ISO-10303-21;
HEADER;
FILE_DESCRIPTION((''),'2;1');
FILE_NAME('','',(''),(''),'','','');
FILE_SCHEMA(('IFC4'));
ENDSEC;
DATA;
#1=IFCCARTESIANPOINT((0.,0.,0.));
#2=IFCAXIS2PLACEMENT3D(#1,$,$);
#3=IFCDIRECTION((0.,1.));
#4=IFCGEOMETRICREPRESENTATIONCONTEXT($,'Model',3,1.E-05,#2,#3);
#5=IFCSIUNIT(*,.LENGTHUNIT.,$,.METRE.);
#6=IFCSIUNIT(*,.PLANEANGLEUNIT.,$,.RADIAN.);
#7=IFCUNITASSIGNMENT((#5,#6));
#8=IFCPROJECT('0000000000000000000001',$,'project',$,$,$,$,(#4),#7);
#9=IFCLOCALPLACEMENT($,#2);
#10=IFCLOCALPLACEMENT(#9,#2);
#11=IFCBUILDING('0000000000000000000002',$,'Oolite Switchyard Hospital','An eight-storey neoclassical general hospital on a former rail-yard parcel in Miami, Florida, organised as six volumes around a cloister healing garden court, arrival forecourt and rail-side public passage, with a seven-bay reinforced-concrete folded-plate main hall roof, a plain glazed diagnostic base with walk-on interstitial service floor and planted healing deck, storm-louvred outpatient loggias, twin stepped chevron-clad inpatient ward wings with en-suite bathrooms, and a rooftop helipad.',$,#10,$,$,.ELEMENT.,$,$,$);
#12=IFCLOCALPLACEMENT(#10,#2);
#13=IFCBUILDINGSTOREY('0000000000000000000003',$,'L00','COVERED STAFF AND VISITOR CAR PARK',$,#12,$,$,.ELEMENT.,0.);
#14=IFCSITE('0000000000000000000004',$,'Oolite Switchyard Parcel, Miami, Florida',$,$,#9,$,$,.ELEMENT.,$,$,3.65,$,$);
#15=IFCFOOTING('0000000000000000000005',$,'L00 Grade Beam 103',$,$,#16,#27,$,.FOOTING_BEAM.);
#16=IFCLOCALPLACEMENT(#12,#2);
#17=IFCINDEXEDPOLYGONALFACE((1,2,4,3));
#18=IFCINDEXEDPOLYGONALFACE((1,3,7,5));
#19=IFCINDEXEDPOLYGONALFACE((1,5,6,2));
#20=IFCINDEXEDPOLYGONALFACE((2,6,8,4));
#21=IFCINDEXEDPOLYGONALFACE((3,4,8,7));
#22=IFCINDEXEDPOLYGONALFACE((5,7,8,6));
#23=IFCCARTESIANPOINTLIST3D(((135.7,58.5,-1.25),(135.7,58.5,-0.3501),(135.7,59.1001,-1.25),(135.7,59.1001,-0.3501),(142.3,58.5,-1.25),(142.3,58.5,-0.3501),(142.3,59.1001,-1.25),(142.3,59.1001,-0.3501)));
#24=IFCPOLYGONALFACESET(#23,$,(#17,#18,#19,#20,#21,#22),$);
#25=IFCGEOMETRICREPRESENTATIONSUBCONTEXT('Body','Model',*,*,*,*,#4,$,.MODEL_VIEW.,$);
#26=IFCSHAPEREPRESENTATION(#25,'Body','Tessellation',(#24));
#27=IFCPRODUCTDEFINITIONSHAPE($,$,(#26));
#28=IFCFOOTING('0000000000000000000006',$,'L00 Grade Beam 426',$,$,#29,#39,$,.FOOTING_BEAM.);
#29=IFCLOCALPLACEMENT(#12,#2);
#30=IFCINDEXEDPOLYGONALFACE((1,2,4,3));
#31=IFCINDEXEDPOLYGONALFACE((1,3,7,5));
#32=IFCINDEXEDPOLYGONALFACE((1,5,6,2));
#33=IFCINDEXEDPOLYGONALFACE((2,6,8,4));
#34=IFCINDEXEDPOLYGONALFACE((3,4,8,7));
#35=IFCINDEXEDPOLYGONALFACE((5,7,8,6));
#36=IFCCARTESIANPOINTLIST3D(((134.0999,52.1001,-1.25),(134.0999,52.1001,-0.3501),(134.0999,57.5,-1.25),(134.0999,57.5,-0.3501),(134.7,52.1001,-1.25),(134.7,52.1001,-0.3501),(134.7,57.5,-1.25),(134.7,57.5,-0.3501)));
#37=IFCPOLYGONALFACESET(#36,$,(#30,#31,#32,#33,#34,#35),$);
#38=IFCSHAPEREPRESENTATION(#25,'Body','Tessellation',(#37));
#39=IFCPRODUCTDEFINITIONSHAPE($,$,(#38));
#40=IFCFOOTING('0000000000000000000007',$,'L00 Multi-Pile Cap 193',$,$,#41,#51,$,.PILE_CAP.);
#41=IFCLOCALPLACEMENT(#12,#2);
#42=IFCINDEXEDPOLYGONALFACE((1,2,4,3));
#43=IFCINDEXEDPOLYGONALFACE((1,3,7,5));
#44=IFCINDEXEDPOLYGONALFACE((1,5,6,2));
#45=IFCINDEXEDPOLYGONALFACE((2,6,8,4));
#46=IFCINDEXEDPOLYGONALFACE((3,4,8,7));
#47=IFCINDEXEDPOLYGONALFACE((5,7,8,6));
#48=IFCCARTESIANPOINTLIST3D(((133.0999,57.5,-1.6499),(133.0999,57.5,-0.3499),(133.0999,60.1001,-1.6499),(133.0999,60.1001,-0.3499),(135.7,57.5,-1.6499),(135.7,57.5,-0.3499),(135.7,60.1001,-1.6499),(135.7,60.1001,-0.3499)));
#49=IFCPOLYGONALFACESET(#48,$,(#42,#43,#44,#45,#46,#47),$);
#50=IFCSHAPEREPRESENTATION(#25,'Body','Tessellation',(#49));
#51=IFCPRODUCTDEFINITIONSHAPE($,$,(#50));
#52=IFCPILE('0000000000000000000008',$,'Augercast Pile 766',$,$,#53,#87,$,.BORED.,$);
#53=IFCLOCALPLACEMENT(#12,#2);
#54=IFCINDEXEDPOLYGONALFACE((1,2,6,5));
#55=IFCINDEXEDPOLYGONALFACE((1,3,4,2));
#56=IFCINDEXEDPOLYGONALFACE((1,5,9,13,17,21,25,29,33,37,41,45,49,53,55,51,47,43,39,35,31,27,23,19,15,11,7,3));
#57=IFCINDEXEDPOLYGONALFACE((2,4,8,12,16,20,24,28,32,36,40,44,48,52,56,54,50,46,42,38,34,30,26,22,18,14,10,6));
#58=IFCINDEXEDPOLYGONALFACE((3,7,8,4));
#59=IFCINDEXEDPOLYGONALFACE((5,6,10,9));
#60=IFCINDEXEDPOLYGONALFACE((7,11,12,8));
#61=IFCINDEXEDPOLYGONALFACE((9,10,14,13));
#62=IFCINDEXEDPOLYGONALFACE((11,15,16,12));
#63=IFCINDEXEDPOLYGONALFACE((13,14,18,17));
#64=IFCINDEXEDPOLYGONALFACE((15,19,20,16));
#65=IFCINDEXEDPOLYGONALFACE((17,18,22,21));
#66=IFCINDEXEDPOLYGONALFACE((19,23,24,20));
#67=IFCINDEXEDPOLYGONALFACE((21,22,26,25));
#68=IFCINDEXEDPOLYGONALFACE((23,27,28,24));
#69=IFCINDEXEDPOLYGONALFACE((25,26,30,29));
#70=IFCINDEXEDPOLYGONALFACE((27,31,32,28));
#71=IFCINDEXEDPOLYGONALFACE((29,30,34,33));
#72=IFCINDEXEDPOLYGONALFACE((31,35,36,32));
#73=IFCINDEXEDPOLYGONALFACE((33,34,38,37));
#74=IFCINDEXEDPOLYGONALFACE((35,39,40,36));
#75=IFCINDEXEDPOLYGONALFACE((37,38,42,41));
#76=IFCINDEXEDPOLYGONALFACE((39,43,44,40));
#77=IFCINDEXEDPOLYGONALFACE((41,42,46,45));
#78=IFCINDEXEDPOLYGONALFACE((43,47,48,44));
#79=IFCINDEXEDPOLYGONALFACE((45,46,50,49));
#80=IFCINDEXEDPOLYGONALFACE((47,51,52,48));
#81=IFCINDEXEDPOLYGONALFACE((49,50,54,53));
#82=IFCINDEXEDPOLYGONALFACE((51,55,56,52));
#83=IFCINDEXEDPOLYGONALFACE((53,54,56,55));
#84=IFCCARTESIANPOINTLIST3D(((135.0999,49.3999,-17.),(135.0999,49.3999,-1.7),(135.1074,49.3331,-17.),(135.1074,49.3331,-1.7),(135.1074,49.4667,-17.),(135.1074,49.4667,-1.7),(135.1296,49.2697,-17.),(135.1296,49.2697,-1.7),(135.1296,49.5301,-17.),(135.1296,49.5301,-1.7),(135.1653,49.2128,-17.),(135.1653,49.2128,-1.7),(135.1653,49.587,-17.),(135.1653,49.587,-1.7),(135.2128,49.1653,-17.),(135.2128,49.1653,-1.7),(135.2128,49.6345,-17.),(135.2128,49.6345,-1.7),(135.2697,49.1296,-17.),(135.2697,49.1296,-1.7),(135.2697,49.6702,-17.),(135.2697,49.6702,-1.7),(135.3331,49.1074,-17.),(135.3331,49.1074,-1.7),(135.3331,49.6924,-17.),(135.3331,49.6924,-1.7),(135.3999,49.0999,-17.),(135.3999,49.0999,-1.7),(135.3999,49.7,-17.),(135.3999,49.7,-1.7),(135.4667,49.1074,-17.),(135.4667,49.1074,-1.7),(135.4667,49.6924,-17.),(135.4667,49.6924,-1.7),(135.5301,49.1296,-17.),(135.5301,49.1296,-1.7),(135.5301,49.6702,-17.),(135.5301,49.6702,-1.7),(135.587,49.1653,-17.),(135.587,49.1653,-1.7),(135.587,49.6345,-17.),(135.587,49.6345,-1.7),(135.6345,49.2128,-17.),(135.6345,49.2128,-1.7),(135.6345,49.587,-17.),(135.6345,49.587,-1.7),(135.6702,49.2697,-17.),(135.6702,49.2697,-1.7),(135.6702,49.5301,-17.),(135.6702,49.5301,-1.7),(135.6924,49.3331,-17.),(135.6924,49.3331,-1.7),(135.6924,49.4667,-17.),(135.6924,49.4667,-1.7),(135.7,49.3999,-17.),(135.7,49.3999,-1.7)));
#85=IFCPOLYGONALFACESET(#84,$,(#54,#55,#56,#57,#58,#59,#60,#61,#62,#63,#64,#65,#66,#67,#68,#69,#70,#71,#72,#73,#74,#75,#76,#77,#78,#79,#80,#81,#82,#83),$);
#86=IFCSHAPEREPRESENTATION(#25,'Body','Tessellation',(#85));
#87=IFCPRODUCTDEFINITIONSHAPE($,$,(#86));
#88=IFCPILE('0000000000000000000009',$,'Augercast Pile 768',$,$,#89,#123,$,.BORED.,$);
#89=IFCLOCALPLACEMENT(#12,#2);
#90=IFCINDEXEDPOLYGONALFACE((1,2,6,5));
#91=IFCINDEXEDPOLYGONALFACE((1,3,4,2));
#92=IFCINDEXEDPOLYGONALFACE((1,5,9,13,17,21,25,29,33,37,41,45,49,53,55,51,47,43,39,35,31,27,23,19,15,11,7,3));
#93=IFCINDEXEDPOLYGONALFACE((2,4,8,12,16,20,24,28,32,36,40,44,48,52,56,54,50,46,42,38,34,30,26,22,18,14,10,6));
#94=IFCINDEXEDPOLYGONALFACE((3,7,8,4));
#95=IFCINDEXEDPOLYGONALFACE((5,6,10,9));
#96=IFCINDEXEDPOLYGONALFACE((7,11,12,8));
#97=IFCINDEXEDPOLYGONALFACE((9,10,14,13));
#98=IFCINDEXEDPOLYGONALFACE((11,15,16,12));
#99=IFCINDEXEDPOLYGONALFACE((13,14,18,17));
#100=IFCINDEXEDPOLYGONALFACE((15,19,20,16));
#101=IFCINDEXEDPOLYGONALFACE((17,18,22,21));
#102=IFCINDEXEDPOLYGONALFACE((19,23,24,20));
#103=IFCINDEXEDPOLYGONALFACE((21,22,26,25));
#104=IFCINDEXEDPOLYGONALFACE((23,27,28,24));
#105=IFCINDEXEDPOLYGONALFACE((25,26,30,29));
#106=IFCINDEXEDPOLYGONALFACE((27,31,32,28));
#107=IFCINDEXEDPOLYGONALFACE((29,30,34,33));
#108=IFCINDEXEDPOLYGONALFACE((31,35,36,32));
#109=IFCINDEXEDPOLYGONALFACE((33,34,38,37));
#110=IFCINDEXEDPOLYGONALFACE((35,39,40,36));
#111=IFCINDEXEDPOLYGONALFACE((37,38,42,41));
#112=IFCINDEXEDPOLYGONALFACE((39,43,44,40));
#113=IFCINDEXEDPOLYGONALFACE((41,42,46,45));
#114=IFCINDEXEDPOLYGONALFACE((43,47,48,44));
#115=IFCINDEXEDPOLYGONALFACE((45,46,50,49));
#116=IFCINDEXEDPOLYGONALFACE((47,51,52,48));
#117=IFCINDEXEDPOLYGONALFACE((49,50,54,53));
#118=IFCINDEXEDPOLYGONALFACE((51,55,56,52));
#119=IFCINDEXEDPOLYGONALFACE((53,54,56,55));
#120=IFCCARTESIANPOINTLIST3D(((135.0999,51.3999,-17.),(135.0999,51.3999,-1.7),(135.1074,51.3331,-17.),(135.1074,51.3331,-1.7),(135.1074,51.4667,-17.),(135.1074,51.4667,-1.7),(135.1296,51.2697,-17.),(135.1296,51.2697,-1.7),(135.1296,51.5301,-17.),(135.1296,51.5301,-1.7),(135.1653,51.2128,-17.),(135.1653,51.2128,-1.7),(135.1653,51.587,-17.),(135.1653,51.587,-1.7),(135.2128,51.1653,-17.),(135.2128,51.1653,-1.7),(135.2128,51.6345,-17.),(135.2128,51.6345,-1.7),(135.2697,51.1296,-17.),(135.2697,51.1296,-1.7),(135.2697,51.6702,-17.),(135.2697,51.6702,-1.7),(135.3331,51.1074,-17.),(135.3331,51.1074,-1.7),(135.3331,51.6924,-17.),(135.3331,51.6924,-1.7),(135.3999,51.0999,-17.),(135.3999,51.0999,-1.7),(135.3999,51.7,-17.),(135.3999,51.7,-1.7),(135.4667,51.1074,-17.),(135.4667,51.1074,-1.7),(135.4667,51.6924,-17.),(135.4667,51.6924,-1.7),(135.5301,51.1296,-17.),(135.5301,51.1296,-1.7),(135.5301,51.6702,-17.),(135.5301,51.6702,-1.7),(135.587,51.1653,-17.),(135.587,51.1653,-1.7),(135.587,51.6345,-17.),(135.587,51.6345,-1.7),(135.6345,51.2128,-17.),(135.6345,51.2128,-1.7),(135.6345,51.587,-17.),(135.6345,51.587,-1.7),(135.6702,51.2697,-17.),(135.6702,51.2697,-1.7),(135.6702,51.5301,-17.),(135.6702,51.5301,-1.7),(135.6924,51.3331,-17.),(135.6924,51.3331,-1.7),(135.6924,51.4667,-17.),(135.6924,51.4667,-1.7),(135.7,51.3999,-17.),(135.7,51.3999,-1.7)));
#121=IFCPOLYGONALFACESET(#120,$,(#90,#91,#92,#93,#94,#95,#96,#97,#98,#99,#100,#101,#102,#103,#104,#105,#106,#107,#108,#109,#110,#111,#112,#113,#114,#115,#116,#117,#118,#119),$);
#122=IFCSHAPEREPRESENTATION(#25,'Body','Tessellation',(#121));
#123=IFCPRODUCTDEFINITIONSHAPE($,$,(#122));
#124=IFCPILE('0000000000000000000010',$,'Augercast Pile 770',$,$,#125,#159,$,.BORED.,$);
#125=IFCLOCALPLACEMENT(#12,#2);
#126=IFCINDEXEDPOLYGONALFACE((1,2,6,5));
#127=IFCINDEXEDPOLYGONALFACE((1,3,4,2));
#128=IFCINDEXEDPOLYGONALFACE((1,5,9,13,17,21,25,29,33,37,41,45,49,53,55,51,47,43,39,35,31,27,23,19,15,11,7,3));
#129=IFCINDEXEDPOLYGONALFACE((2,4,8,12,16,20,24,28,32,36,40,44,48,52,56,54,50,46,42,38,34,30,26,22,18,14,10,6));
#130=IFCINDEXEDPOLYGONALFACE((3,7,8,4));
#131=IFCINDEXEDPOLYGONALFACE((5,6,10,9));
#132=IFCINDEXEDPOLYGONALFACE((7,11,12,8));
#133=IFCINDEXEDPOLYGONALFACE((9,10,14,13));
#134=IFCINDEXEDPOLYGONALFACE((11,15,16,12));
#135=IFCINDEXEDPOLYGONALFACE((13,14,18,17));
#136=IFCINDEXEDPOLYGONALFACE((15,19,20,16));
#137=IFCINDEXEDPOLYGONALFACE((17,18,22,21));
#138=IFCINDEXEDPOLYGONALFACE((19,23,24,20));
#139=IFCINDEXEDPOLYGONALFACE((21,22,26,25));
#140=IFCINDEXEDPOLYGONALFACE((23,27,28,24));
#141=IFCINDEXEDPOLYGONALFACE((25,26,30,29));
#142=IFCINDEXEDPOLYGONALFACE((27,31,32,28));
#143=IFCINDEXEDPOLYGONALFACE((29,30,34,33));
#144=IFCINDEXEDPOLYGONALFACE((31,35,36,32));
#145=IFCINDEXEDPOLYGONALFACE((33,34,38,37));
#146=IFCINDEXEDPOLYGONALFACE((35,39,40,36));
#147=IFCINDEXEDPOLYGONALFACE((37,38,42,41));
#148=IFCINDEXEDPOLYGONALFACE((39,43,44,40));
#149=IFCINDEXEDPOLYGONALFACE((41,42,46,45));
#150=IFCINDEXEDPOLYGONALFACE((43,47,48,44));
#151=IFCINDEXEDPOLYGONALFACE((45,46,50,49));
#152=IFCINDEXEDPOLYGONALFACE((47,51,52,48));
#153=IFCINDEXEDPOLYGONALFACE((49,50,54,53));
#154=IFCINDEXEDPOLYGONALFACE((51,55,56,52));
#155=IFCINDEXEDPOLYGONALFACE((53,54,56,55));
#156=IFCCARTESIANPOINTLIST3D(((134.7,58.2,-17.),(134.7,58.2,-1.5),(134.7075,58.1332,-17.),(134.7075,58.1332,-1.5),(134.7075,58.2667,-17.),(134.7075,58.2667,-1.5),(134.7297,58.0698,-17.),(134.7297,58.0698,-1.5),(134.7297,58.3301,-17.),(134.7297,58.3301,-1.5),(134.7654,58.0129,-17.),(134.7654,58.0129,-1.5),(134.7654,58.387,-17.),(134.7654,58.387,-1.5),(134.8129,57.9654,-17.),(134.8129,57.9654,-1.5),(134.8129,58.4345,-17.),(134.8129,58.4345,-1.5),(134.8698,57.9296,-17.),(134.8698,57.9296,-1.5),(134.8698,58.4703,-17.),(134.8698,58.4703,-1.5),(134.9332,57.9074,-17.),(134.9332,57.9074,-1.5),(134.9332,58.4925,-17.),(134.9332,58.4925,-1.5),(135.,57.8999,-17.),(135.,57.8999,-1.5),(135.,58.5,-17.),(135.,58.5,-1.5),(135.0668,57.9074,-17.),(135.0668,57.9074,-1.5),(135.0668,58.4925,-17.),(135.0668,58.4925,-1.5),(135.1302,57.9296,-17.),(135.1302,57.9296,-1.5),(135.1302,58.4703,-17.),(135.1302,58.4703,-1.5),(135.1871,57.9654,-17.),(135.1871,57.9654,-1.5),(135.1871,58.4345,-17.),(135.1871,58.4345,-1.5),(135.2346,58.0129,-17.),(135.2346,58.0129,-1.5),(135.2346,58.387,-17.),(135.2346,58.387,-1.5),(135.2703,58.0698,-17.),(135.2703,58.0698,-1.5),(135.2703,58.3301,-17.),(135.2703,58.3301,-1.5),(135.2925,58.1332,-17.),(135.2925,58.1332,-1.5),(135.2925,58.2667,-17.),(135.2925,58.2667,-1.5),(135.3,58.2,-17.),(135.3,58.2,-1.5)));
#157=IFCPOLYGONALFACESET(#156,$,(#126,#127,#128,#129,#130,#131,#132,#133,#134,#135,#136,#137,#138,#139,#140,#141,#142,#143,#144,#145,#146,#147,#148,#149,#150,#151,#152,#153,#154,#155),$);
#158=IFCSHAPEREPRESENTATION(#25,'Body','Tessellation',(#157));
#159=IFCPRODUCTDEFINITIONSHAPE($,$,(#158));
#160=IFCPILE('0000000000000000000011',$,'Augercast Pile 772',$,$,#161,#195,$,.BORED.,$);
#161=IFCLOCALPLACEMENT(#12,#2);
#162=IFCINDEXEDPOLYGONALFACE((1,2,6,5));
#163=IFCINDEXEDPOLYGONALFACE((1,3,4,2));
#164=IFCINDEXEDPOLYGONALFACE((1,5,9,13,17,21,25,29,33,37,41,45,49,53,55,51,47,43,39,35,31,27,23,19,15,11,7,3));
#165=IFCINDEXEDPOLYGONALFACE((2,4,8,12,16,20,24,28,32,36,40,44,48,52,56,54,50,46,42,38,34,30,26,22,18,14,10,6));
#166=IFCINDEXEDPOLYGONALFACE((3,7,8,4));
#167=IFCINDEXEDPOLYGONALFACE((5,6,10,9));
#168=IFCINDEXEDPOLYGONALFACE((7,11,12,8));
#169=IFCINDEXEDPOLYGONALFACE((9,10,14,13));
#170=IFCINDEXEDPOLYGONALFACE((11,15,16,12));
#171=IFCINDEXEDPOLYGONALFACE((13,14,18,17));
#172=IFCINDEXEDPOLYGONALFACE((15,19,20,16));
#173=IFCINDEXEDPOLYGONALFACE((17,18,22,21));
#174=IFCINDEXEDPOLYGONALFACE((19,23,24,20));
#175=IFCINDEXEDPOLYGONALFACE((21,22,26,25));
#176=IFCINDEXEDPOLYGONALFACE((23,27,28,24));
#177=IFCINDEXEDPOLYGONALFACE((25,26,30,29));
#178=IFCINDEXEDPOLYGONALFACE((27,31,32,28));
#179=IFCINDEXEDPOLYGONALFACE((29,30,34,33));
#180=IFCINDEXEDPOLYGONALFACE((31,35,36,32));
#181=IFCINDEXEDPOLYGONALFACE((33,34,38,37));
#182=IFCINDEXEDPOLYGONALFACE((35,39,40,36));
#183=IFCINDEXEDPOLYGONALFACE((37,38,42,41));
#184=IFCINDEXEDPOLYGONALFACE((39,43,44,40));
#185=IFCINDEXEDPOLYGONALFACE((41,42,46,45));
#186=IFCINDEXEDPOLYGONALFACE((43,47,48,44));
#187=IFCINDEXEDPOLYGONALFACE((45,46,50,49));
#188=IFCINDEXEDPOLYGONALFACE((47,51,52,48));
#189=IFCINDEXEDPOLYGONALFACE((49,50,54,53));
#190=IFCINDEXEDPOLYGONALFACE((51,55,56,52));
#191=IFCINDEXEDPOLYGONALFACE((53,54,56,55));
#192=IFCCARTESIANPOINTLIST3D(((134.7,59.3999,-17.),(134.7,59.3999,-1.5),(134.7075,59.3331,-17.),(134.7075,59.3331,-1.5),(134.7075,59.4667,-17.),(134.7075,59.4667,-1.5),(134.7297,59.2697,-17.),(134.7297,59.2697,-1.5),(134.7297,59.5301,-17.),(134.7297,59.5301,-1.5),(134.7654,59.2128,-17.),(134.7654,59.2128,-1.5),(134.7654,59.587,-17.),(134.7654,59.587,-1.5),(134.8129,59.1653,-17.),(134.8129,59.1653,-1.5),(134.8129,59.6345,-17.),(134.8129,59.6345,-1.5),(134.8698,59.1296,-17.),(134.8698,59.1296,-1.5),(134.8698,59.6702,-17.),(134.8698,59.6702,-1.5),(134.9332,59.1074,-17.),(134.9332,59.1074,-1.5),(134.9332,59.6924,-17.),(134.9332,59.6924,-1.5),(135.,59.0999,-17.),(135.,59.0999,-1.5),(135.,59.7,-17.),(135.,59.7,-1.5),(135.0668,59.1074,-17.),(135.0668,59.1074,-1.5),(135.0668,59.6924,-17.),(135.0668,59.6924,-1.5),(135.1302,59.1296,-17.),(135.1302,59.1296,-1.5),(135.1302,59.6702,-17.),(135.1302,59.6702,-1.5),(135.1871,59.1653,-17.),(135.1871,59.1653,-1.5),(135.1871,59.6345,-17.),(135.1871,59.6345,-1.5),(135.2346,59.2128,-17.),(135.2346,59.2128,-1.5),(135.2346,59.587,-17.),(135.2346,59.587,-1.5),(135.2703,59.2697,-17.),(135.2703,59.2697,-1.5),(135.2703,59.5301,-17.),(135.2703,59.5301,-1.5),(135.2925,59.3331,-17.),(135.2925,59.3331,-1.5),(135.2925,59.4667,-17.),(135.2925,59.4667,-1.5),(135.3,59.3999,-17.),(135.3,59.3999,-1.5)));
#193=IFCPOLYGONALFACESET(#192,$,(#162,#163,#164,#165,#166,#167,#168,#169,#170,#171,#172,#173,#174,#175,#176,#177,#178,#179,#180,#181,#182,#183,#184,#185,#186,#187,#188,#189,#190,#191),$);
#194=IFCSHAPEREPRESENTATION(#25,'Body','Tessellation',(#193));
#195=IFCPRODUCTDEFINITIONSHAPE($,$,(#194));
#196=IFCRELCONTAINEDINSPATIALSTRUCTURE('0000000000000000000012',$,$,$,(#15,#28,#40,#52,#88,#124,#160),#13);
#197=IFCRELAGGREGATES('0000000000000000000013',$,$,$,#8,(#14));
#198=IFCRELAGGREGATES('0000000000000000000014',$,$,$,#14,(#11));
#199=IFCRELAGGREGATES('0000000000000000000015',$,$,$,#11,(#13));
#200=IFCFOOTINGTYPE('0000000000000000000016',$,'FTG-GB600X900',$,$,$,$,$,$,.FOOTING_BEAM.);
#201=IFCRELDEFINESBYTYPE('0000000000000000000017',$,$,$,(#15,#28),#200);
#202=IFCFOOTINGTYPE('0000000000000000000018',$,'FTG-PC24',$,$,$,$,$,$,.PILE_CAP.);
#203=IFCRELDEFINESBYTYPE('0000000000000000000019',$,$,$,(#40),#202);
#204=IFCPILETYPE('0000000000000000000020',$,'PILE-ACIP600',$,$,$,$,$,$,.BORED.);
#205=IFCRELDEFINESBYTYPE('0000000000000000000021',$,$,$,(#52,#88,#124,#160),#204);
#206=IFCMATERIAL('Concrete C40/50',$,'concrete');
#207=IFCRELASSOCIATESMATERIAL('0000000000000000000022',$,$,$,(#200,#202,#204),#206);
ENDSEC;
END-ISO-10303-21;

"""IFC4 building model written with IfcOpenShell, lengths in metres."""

from ifc_helpers import new_model, si_unit, direction, frame, origin, origin_2d, place, context, subcontext, project, spatial, rectangle, circle, extrude, material, material_profile, profile_set, type_object, element, save


model = new_model("IFC4")

# Units and contexts
model_context = context("Model", 3, precision=1e-05, world=origin(), true_north=direction((0.0, 1.0)))
body_context = subcontext(model_context, "Body", "Model", "MODEL_VIEW")
ifc_project = project(units=[si_unit("LENGTHUNIT", "METRE"), si_unit("PLANEANGLEUNIT", "RADIAN")], contexts=[model_context])

# Site, building, storey
site_placement = place(None, origin())
site = spatial("IfcSite", under=ifc_project, at=site_placement, Name="Oolite Switchyard Parcel, Miami, Florida", CompositionType="ELEMENT", RefElevation=3.65)
building_placement = place(site_placement, origin())
building = spatial("IfcBuilding", under=site, at=building_placement, Name="Oolite Switchyard Hospital", Description="An eight-storey neoclassical general hospital on a former rail-yard parcel in Miami, Florida, organised as six volumes around a cloister healing garden court, arrival forecourt and rail-side public passage, with a seven-bay reinforced-concrete folded-plate main hall roof, a plain glazed diagnostic base with walk-on interstitial service floor and planted healing deck, storm-louvred outpatient loggias, twin stepped chevron-clad inpatient ward wings with en-suite bathrooms, and a rooftop helipad.", CompositionType="ELEMENT")
storey_placement = place(building_placement, origin())
storey = spatial("IfcBuildingStorey", under=building, at=storey_placement, Name="L00", Description="COVERED STAFF AND VISITOR CAR PARK", CompositionType="ELEMENT", Elevation=0.0)

# Footings
ifc_material_1 = material(Name="Concrete C40/50", Category="concrete")
footing_type_1 = type_object("IfcFootingType", Name="FTG-GB600X900", PredefinedType="FOOTING_BEAM", material=ifc_material_1)
footing_1_placement = place(storey_placement, frame((139.0, 58.8, -1.25), z_axis=(0.0, 0.0, 1.0), x_axis=(1.0, 0.0, 0.0)))
element("IfcFooting", 1, at=footing_1_placement, inside=storey, type_object=footing_type_1, Name="L00 Grade Beam 103", PredefinedType="FOOTING_BEAM", context=body_context, shape_type="SweptSolid", body=[
    extrude(rectangle(XDim=6.6001, YDim=0.6001, at=origin_2d()), origin(), (0.0, 0.0, 1.0), 0.8999),
])
footing_2_placement = place(storey_placement, frame((134.3999, 54.8, -1.25), z_axis=(0.0, 0.0, 1.0), x_axis=(0.0, 1.0, 0.0)))
element("IfcFooting", 2, at=footing_2_placement, inside=storey, type_object=footing_type_1, Name="L00 Grade Beam 426", PredefinedType="FOOTING_BEAM", context=body_context, shape_type="SweptSolid", body=[
    extrude(rectangle(XDim=5.3999, YDim=0.6001, at=origin_2d()), origin(), (0.0, 0.0, 1.0), 0.8999),
])
footing_type_2 = type_object("IfcFootingType", Name="FTG-PC24", PredefinedType="PILE_CAP", material=ifc_material_1)
footing_3_placement = place(storey_placement, frame((134.3999, 58.8, -1.6499), z_axis=(0.0, 0.0, 1.0), x_axis=(1.0, 0.0, 0.0)))
element("IfcFooting", 3, at=footing_3_placement, inside=storey, type_object=footing_type_2, Name="L00 Multi-Pile Cap 193", PredefinedType="PILE_CAP", context=body_context, shape_type="SweptSolid", body=[
    extrude(rectangle(XDim=2.6001, YDim=2.6001, at=origin_2d()), origin(), (0.0, 0.0, 1.0), 1.3),
])

# Piles
ifc_material_profile_1 = material_profile(ifc_material_1, circle(Radius=0.3, at=origin_2d()), Name="PILE600")
ifc_profile_set_1 = profile_set([ifc_material_profile_1], Name="Concrete C40/50")
pile_type_1 = type_object("IfcPileType", Name="PILE-ACIP600", PredefinedType="BORED", material=ifc_profile_set_1)
for number, where, z_axis, x_axis, name in (
    (4, (135.3999, 49.3999, -1.7), (0.0, 0.0, -1.0), (1.0, 0.0, 0.0), "Augercast Pile 766"),
    (5, (135.3999, 51.3999, -1.7), (0.0, 0.0, -1.0), (1.0, 0.0, 0.0), "Augercast Pile 768"),
):
    element("IfcPile", number, at=place(storey_placement, frame(where, z_axis=z_axis, x_axis=x_axis)), inside=storey, type_object=pile_type_1, Name=name, PredefinedType="BORED", context=body_context, shape_type="SweptSolid", body=[
        extrude(circle(Radius=0.3, at=origin_2d()), origin(), (0.0, 0.0, 1.0), 15.3),
    ])
for number, where, z_axis, x_axis, name in (
    (6, (135.0, 58.2, -1.5), (0.0, 0.0, -1.0), (1.0, 0.0, 0.0), "Augercast Pile 770"),
    (7, (135.0, 59.3999, -1.5), (0.0, 0.0, -1.0), (1.0, 0.0, 0.0), "Augercast Pile 772"),
):
    element("IfcPile", number, at=place(storey_placement, frame(where, z_axis=z_axis, x_axis=x_axis)), inside=storey, type_object=pile_type_1, Name=name, PredefinedType="BORED", context=body_context, shape_type="SweptSolid", body=[
        extrude(circle(Radius=0.3, at=origin_2d()), origin(), (0.0, 0.0, 1.0), 15.5),
    ])

save(model, "model.ifc")
